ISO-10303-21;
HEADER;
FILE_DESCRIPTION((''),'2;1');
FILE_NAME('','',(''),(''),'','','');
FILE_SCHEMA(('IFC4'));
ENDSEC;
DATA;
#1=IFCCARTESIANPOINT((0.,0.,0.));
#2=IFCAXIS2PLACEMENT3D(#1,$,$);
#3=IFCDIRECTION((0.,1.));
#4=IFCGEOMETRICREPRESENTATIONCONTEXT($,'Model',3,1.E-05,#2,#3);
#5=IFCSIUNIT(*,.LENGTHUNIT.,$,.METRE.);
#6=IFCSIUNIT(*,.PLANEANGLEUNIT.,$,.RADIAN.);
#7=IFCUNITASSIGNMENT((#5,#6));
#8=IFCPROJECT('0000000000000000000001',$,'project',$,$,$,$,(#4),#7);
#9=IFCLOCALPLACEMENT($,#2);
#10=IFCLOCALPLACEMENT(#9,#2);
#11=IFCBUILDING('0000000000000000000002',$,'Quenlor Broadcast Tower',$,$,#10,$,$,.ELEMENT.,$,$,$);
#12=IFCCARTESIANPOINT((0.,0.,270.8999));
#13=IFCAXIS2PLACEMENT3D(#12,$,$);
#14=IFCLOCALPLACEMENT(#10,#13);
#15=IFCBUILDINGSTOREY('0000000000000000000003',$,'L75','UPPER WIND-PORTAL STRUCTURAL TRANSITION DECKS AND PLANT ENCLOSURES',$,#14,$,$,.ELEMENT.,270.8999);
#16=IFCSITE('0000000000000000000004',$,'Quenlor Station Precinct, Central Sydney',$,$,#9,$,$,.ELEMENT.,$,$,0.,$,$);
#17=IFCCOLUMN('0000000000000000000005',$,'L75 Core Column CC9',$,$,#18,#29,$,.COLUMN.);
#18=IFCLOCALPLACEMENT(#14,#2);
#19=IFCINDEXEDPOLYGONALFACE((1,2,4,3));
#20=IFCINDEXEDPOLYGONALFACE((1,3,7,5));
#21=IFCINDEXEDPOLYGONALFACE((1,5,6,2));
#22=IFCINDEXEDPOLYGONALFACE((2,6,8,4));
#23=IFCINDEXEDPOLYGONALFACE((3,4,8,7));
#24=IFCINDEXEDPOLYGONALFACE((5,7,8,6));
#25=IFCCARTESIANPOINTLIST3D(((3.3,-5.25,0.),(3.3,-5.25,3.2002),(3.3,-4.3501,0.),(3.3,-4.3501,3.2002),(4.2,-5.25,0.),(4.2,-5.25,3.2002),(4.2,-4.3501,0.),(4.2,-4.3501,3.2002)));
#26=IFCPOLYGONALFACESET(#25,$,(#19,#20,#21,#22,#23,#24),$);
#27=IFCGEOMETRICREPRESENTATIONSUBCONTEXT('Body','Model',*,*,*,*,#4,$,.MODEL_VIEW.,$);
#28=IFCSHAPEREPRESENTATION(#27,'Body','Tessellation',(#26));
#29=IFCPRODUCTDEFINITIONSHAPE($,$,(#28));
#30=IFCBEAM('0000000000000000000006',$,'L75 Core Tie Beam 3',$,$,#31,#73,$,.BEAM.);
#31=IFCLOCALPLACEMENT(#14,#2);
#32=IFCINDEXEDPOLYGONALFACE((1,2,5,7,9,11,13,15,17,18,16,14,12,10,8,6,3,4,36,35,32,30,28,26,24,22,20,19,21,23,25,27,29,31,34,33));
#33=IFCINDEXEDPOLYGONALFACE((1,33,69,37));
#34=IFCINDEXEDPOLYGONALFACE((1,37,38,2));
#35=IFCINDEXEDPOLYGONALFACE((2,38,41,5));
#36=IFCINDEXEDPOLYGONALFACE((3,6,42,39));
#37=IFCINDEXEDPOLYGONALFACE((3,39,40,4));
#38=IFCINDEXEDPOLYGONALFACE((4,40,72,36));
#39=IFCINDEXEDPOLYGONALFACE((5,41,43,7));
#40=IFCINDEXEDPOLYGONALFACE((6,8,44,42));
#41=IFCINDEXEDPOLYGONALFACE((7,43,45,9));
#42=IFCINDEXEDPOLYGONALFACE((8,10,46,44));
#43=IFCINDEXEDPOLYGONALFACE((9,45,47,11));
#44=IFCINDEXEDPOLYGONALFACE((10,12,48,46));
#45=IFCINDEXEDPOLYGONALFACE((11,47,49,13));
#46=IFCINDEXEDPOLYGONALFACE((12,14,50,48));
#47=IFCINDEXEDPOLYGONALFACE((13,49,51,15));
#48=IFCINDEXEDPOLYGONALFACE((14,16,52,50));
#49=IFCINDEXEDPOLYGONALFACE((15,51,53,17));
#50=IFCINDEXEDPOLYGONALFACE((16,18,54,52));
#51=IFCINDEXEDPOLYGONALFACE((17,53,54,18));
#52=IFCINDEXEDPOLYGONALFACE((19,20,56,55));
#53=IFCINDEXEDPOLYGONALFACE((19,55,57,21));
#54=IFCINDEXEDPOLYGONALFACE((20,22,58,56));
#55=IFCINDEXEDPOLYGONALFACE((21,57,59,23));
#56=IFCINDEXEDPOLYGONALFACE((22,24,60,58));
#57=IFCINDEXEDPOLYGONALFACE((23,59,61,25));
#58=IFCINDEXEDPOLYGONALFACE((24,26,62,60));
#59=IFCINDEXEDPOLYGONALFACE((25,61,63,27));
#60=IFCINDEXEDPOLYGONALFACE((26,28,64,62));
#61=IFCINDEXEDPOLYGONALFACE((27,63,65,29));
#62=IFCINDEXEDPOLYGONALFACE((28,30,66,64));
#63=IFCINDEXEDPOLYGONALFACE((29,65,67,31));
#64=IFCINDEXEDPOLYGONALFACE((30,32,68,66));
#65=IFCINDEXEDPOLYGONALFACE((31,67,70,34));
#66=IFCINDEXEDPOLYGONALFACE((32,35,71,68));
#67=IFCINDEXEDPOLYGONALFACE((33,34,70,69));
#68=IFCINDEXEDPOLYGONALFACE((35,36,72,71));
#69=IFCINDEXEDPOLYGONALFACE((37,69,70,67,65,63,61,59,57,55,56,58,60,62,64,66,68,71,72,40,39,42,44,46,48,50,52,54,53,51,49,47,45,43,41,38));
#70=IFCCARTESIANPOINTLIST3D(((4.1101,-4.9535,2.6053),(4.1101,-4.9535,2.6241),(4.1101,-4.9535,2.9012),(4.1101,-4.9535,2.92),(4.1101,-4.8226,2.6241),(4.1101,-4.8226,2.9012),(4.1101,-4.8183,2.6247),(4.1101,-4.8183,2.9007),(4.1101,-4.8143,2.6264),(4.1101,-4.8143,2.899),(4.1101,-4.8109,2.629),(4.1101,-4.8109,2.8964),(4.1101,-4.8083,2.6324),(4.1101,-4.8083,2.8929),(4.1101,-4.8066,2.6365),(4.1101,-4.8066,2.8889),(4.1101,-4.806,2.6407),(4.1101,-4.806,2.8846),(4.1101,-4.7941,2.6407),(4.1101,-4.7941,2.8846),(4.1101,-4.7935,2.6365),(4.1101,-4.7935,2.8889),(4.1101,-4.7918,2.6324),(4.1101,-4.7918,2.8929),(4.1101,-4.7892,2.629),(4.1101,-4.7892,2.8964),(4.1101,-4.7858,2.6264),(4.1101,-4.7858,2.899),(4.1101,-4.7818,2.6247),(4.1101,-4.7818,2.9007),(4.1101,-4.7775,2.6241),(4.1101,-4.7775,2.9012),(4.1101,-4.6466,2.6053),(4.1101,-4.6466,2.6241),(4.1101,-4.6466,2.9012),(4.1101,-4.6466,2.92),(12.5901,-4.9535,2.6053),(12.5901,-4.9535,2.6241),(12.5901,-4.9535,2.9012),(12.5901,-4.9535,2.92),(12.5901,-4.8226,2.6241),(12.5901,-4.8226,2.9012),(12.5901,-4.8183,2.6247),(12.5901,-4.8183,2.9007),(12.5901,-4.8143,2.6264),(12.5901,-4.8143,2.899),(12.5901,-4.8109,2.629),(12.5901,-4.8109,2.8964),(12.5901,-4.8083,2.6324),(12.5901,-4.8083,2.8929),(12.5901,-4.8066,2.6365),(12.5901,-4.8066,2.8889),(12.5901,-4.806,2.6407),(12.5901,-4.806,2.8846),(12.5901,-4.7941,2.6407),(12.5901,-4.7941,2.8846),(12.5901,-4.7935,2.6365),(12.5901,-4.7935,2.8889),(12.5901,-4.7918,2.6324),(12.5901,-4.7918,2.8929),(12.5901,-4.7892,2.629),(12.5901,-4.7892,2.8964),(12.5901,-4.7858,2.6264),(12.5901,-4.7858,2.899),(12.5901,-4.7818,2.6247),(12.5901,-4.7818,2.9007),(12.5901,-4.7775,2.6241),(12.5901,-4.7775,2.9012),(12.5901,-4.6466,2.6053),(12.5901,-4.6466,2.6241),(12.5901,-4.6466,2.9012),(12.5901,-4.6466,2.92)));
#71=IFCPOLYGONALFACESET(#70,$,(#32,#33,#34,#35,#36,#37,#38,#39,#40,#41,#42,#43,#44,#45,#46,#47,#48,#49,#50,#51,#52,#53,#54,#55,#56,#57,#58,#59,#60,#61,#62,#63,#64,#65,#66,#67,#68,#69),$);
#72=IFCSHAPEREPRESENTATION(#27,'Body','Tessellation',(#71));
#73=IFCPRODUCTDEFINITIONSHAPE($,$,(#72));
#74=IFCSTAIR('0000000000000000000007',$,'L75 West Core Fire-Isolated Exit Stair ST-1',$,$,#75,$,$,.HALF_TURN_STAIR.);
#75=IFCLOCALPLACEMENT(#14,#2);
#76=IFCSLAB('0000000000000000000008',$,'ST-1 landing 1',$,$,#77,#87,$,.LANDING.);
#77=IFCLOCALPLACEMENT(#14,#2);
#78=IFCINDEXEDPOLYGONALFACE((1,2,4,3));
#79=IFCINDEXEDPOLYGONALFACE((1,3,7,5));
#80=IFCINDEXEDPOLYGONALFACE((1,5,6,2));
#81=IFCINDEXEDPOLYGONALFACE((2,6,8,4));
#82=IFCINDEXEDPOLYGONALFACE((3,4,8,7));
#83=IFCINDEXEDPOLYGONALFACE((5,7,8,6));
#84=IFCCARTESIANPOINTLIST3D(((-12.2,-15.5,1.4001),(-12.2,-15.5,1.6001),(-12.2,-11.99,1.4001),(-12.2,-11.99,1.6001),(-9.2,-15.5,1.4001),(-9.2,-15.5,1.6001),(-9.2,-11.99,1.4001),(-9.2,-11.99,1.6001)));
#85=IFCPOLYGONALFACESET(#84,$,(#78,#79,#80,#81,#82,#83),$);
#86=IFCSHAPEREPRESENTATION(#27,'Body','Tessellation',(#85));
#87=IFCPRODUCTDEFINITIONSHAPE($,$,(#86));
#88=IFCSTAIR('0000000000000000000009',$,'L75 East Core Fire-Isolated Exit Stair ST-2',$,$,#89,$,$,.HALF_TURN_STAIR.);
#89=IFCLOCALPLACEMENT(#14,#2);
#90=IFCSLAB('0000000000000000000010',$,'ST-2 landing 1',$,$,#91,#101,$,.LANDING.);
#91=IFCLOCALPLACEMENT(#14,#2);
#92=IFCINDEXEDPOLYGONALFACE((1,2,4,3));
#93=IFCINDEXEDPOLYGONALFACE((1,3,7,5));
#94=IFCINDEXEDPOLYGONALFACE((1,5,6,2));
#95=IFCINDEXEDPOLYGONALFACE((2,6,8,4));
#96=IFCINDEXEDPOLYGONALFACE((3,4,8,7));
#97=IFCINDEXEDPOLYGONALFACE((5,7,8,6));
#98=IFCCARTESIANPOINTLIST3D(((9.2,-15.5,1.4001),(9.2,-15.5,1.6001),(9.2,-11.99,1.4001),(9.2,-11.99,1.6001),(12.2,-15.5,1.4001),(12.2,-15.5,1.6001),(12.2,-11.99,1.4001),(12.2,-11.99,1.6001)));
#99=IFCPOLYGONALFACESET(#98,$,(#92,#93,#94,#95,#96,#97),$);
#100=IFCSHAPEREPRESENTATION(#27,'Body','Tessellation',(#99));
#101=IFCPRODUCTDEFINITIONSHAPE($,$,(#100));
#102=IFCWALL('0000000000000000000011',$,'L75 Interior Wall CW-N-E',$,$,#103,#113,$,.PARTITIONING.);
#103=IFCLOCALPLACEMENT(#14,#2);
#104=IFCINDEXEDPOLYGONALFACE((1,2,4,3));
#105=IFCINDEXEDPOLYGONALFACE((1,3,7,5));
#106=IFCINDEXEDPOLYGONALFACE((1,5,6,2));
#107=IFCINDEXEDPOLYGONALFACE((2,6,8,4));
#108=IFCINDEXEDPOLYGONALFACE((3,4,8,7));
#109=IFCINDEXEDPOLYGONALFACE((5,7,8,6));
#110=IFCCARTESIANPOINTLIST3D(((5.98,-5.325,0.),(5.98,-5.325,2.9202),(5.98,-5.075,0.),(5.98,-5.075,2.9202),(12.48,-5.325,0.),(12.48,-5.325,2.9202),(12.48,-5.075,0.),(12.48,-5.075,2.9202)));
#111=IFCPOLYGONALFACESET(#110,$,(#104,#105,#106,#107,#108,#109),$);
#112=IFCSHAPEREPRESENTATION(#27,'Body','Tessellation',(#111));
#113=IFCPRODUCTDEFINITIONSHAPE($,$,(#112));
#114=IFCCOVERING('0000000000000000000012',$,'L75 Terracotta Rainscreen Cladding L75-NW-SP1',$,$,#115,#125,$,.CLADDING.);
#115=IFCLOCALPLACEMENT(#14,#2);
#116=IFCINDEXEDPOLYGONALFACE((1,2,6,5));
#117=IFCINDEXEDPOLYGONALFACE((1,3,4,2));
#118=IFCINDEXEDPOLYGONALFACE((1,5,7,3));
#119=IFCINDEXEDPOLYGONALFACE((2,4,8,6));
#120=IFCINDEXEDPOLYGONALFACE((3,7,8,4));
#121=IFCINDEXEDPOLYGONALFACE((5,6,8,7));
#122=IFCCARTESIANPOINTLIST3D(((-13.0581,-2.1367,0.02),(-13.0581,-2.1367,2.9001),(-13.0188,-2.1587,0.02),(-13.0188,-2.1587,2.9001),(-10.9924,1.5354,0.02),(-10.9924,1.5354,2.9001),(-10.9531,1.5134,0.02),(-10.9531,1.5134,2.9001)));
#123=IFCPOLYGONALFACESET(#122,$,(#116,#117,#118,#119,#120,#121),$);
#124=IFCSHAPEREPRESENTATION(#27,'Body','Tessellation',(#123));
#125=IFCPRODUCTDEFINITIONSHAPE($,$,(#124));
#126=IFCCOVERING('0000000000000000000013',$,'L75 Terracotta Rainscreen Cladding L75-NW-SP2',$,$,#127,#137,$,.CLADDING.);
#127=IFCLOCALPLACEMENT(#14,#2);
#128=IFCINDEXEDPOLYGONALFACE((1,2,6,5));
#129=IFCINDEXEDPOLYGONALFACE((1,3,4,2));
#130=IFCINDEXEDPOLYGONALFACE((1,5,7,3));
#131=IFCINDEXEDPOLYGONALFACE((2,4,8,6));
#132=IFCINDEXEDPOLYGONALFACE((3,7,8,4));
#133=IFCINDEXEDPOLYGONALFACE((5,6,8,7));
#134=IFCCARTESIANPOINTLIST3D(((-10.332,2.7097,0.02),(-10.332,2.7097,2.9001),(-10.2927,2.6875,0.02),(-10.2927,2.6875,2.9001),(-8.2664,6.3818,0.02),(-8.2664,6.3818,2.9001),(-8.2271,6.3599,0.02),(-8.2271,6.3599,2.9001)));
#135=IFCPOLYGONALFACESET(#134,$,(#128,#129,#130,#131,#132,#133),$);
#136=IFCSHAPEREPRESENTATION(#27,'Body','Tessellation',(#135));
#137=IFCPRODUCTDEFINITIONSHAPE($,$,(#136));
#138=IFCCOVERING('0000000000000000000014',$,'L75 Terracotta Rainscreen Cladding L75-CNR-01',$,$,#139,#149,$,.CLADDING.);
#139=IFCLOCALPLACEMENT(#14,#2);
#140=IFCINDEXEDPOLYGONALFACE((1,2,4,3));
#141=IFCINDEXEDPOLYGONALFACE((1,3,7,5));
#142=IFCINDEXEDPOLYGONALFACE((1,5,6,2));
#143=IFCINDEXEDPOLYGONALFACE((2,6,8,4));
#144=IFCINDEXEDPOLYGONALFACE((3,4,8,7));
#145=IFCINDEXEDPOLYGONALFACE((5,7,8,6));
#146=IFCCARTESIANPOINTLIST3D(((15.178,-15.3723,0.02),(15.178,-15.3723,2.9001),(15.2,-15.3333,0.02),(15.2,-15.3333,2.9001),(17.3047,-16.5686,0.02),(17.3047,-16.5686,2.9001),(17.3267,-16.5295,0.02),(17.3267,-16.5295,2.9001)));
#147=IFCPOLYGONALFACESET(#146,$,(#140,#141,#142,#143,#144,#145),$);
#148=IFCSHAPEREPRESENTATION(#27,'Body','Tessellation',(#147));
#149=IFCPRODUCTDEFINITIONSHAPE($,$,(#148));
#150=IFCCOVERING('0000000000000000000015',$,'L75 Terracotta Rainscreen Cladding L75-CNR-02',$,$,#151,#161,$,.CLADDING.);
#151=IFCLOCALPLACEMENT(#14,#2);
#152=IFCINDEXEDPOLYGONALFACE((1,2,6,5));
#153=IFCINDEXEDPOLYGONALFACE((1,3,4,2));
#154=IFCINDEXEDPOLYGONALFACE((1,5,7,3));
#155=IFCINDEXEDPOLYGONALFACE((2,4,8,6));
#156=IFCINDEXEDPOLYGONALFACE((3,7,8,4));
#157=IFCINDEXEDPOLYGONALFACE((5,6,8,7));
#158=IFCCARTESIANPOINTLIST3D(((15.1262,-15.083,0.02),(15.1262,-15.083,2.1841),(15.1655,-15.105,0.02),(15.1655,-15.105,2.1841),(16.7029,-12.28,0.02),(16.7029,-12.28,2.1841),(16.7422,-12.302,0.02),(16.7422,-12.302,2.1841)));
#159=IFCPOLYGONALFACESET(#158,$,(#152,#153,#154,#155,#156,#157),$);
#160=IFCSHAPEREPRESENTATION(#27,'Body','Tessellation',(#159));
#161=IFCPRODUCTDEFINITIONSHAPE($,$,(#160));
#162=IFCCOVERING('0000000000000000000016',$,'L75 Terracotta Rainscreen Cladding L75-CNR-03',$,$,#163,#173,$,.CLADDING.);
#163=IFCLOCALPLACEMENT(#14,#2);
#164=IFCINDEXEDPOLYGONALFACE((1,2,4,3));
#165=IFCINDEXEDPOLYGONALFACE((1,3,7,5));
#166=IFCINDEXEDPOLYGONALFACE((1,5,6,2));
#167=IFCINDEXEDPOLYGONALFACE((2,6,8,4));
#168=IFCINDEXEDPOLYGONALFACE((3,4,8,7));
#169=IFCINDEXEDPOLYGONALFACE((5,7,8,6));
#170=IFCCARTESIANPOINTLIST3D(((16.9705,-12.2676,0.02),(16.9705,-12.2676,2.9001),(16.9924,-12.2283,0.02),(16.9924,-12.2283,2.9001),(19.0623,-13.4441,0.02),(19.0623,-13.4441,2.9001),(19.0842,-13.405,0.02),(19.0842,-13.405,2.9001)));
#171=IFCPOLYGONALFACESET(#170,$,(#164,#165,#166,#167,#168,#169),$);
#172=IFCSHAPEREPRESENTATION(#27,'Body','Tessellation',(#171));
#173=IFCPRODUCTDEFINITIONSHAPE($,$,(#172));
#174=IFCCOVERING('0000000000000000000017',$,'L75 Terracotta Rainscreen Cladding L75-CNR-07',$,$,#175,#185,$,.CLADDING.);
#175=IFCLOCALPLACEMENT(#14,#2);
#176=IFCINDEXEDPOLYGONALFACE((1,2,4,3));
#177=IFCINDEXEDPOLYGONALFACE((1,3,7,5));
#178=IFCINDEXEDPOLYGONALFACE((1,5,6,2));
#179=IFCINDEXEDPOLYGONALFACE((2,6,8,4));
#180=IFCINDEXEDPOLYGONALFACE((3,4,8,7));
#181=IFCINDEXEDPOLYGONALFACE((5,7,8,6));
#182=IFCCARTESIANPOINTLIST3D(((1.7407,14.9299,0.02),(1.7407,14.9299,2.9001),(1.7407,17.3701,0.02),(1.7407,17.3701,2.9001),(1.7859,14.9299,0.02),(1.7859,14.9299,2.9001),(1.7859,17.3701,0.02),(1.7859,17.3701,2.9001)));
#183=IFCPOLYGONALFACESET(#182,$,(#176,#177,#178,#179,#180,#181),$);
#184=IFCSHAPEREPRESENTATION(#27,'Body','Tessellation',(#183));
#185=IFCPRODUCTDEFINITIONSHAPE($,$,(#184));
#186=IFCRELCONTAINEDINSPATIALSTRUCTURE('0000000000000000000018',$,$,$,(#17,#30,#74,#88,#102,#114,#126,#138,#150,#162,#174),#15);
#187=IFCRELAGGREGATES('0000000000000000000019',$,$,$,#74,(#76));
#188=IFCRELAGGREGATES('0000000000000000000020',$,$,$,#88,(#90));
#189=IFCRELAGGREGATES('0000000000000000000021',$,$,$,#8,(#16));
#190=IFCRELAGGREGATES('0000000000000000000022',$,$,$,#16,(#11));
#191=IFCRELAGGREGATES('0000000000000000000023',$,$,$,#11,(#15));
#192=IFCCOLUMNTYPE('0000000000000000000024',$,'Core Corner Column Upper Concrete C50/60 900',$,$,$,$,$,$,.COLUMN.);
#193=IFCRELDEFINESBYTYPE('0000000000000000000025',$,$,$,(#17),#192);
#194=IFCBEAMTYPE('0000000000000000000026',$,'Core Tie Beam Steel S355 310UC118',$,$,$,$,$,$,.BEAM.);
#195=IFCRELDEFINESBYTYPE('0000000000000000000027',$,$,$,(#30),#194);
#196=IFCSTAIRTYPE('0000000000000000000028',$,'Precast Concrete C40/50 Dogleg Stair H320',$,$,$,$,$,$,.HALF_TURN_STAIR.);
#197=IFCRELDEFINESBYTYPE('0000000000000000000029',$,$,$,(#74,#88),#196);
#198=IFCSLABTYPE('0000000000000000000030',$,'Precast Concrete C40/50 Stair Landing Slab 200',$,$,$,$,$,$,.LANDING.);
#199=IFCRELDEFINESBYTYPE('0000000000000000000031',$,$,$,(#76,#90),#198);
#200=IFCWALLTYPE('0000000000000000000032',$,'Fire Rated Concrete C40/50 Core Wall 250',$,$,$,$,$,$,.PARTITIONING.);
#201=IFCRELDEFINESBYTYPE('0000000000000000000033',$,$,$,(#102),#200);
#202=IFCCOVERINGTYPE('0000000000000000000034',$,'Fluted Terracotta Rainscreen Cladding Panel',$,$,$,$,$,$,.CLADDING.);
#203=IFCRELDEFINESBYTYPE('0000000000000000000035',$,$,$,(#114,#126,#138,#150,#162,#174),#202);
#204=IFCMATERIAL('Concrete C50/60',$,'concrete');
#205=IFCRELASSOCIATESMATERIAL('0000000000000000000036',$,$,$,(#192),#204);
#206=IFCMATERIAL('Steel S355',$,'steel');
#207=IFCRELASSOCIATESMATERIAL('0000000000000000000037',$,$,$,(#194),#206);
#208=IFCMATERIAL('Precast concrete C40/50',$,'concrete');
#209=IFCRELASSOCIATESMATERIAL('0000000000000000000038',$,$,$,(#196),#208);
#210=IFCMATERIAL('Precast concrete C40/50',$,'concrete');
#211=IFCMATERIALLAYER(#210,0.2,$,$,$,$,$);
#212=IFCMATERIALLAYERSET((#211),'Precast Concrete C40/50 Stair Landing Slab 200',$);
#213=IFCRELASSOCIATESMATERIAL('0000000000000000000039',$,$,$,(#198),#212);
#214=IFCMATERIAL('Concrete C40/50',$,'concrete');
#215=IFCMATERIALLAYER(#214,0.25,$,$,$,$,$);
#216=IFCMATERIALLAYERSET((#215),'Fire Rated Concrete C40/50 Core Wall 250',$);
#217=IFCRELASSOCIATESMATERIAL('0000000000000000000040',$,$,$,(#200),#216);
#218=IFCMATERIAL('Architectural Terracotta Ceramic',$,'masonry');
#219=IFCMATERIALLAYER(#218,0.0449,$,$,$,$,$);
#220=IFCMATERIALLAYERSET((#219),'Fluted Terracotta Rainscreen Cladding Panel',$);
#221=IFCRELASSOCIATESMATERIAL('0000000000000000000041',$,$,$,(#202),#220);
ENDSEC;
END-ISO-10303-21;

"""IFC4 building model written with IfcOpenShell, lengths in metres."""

from ifc_helpers import new_model, si_unit, direction, frame, frame_2d, origin, origin_2d, place, context, subcontext, project, spatial, polyline, rectangle, i_section, outline, extrude, material, layer, layer_set, material_profile, profile_set, type_object, element, aggregate, save


model = new_model("IFC4")

# Units and contexts
model_context = context("Model", 3, precision=1e-05, world=origin(), true_north=direction((0.0, 1.0)))
body_context = subcontext(model_context, "Body", "Model", "MODEL_VIEW")
ifc_project = project(units=[si_unit("LENGTHUNIT", "METRE"), si_unit("PLANEANGLEUNIT", "RADIAN")], contexts=[model_context])

# Site, building, storey
site_placement = place(None, origin())
site = spatial("IfcSite", under=ifc_project, at=site_placement, Name="Quenlor Station Precinct, Central Sydney", CompositionType="ELEMENT", RefElevation=0.0)
building_placement = place(site_placement, origin())
building = spatial("IfcBuilding", under=site, at=building_placement, Name="Quenlor Broadcast Tower", CompositionType="ELEMENT")
storey_placement = place(building_placement, frame((0.0, 0.0, 270.8999)))
storey = spatial("IfcBuildingStorey", under=building, at=storey_placement, Name="L75", Description="UPPER WIND-PORTAL STRUCTURAL TRANSITION DECKS AND PLANT ENCLOSURES", CompositionType="ELEMENT", Elevation=270.8999)

# Column
ifc_material_1 = material(Name="Concrete C50/60", Category="concrete")
ifc_material_profile_1 = material_profile(ifc_material_1, rectangle(XDim=0.8999, YDim=0.8999, at=origin_2d()))
ifc_profile_set_1 = profile_set([ifc_material_profile_1], Name="Concrete C50/60 RC900x900")
column_type = type_object("IfcColumnType", Name="Core Corner Column Upper Concrete C50/60 900", PredefinedType="COLUMN", material=ifc_profile_set_1)
column_placement = place(storey_placement, frame((3.75, -4.8, 0.0), z_axis=(0.0, 0.0, 1.0), x_axis=(1.0, 0.0, 0.0)))
element("IfcColumn", 1, at=column_placement, inside=storey, type_object=column_type, Name="L75 Core Column CC9", PredefinedType="COLUMN", context=body_context, shape_type="SweptSolid", body=[
    extrude(rectangle(XDim=0.8999, YDim=0.8999, at=origin_2d()), origin(), (0.0, 0.0, 1.0), 3.2002),
])

# Beam
ifc_material_2 = material(Name="Steel S355", Category="steel")
ifc_material_profile_2 = material_profile(ifc_material_2, i_section(OverallWidth=0.3069, OverallDepth=0.3147, WebThickness=0.012, FlangeThickness=0.0188, FilletRadius=0.0166, at=origin_2d()))
ifc_profile_set_2 = profile_set([ifc_material_profile_2], Name="Steel S355 310UC118")
beam_type = type_object("IfcBeamType", Name="Core Tie Beam Steel S355 310UC118", PredefinedType="BEAM", material=ifc_profile_set_2)
beam_placement = place(storey_placement, frame((4.1101, -4.8, 2.7627), z_axis=(1.0, 0.0, 0.0), x_axis=(0.0, 1.0, 0.0)))
element("IfcBeam", 2, at=beam_placement, inside=storey, type_object=beam_type, Name="L75 Core Tie Beam 3", PredefinedType="BEAM", context=body_context, shape_type="SweptSolid", body=[
    extrude(i_section(OverallWidth=0.3069, OverallDepth=0.3147, WebThickness=0.012, FlangeThickness=0.0188, FilletRadius=0.0166, at=origin_2d()), origin(), (0.0, 0.0, 1.0), 8.48),
])

# Stairs, slabs
ifc_material_3 = material(Name="Precast concrete C40/50", Category="concrete")
stair_type = type_object("IfcStairType", Name="Precast Concrete C40/50 Dogleg Stair H320", PredefinedType="HALF_TURN_STAIR", material=ifc_material_3)
stair_1_placement = place(storey_placement, origin())
stair_1 = element("IfcStair", 3, at=stair_1_placement, inside=storey, type_object=stair_type, Name="L75 West Core Fire-Isolated Exit Stair ST-1", PredefinedType="HALF_TURN_STAIR")
ifc_material_4 = material(Name="Precast concrete C40/50", Category="concrete")
ifc_layer_1 = layer(ifc_material_4, 0.2)
ifc_layer_set_1 = layer_set([ifc_layer_1], Name="Precast Concrete C40/50 Stair Landing Slab 200")
slab_type = type_object("IfcSlabType", Name="Precast Concrete C40/50 Stair Landing Slab 200", PredefinedType="LANDING", material=ifc_layer_set_1)
slab_1_placement = place(storey_placement, frame((0.0, 0.0, 1.4001)))
slab_1 = element("IfcSlab", 4, at=slab_1_placement, type_object=slab_type, Name="ST-1 landing 1", PredefinedType="LANDING", context=body_context, shape_type="SweptSolid", body=[
    extrude(outline(polyline([(-12.2, -11.99), (-12.2, -15.5), (-9.2, -15.5), (-9.2, -11.99), (-12.2, -11.99)])), origin(), (0.0, 0.0, 1.0), 0.2),
])
aggregate(stair_1, [slab_1])
stair_2_placement = place(storey_placement, origin())
stair_2 = element("IfcStair", 5, at=stair_2_placement, inside=storey, type_object=stair_type, Name="L75 East Core Fire-Isolated Exit Stair ST-2", PredefinedType="HALF_TURN_STAIR")
slab_2_placement = place(storey_placement, frame((0.0, 0.0, 1.4001)))
slab_2 = element("IfcSlab", 6, at=slab_2_placement, type_object=slab_type, Name="ST-2 landing 1", PredefinedType="LANDING", context=body_context, shape_type="SweptSolid", body=[
    extrude(outline(polyline([(9.2, -11.99), (9.2, -15.5), (12.2, -15.5), (12.2, -11.99), (9.2, -11.99)])), origin(), (0.0, 0.0, 1.0), 0.2),
])
aggregate(stair_2, [slab_2])

# Wall
ifc_material_5 = material(Name="Concrete C40/50", Category="concrete")
ifc_layer_2 = layer(ifc_material_5, 0.25)
ifc_layer_set_2 = layer_set([ifc_layer_2], Name="Fire Rated Concrete C40/50 Core Wall 250")
wall_type = type_object("IfcWallType", Name="Fire Rated Concrete C40/50 Core Wall 250", PredefinedType="PARTITIONING", material=ifc_layer_set_2)
wall_placement = place(storey_placement, frame((5.98, -5.2, 0.0), z_axis=(0.0, 0.0, 1.0), x_axis=(1.0, 0.0, 0.0)))
element("IfcWall", 7, at=wall_placement, inside=storey, type_object=wall_type, Name="L75 Interior Wall CW-N-E", PredefinedType="PARTITIONING", context=body_context, shape_type="SweptSolid", body=[
    extrude(rectangle(XDim=6.5, YDim=0.25, at=frame_2d((3.25, 0.0))), origin(), (0.0, 0.0, 1.0), 2.9202),
])

# Coverings
ifc_material_6 = material(Name="Architectural Terracotta Ceramic", Category="masonry")
ifc_layer_3 = layer(ifc_material_6, 0.0449)
ifc_layer_set_3 = layer_set([ifc_layer_3], Name="Fluted Terracotta Rainscreen Cladding Panel")
covering_type = type_object("IfcCoveringType", Name="Fluted Terracotta Rainscreen Cladding Panel", PredefinedType="CLADDING", material=ifc_layer_set_3)
covering_1_placement = place(storey_placement, frame((0.0, 0.0, 0.02)))
element("IfcCovering", 8, at=covering_1_placement, inside=storey, type_object=covering_type, Name="L75 Terracotta Rainscreen Cladding L75-NW-SP1", PredefinedType="CLADDING", context=body_context, shape_type="SweptSolid", body=[
    extrude(outline(polyline([(-13.0188, -2.1587), (-10.9531, 1.5134), (-10.9924, 1.5354), (-13.0581, -2.1367), (-13.0188, -2.1587)])), origin(), (0.0, 0.0, 1.0), 2.8801),
])
covering_2_placement = place(storey_placement, frame((0.0, 0.0, 0.02)))
element("IfcCovering", 9, at=covering_2_placement, inside=storey, type_object=covering_type, Name="L75 Terracotta Rainscreen Cladding L75-NW-SP2", PredefinedType="CLADDING", context=body_context, shape_type="SweptSolid", body=[
    extrude(outline(polyline([(-10.2927, 2.6875), (-8.2271, 6.3599), (-8.2664, 6.3818), (-10.332, 2.7097), (-10.2927, 2.6875)])), origin(), (0.0, 0.0, 1.0), 2.8801),
])
covering_3_placement = place(storey_placement, frame((0.0, 0.0, 0.02)))
element("IfcCovering", 10, at=covering_3_placement, inside=storey, type_object=covering_type, Name="L75 Terracotta Rainscreen Cladding L75-CNR-01", PredefinedType="CLADDING", context=body_context, shape_type="SweptSolid", body=[
    extrude(outline(polyline([(17.3267, -16.5295), (15.2, -15.3333), (15.178, -15.3723), (17.3047, -16.5686), (17.3267, -16.5295)])), origin(), (0.0, 0.0, 1.0), 2.8801),
])
covering_4_placement = place(storey_placement, frame((0.0, 0.0, 0.02)))
element("IfcCovering", 11, at=covering_4_placement, inside=storey, type_object=covering_type, Name="L75 Terracotta Rainscreen Cladding L75-CNR-02", PredefinedType="CLADDING", context=body_context, shape_type="SweptSolid", body=[
    extrude(outline(polyline([(15.1655, -15.105), (16.7422, -12.302), (16.7029, -12.28), (15.1262, -15.083), (15.1655, -15.105)])), origin(), (0.0, 0.0, 1.0), 2.1641),
])
covering_5_placement = place(storey_placement, frame((0.0, 0.0, 0.02)))
element("IfcCovering", 12, at=covering_5_placement, inside=storey, type_object=covering_type, Name="L75 Terracotta Rainscreen Cladding L75-CNR-03", PredefinedType="CLADDING", context=body_context, shape_type="SweptSolid", body=[
    extrude(outline(polyline([(16.9705, -12.2676), (19.0623, -13.4441), (19.0842, -13.405), (16.9924, -12.2283), (16.9705, -12.2676)])), origin(), (0.0, 0.0, 1.0), 2.8801),
])
covering_6_placement = place(storey_placement, frame((0.0, 0.0, 0.02)))
element("IfcCovering", 13, at=covering_6_placement, inside=storey, type_object=covering_type, Name="L75 Terracotta Rainscreen Cladding L75-CNR-07", PredefinedType="CLADDING", context=body_context, shape_type="SweptSolid", body=[
    extrude(outline(polyline([(1.7407, 17.3701), (1.7407, 14.9299), (1.7859, 14.9299), (1.7859, 17.3701), (1.7407, 17.3701)])), origin(), (0.0, 0.0, 1.0), 2.8801),
])

save(model, "model.ifc")
